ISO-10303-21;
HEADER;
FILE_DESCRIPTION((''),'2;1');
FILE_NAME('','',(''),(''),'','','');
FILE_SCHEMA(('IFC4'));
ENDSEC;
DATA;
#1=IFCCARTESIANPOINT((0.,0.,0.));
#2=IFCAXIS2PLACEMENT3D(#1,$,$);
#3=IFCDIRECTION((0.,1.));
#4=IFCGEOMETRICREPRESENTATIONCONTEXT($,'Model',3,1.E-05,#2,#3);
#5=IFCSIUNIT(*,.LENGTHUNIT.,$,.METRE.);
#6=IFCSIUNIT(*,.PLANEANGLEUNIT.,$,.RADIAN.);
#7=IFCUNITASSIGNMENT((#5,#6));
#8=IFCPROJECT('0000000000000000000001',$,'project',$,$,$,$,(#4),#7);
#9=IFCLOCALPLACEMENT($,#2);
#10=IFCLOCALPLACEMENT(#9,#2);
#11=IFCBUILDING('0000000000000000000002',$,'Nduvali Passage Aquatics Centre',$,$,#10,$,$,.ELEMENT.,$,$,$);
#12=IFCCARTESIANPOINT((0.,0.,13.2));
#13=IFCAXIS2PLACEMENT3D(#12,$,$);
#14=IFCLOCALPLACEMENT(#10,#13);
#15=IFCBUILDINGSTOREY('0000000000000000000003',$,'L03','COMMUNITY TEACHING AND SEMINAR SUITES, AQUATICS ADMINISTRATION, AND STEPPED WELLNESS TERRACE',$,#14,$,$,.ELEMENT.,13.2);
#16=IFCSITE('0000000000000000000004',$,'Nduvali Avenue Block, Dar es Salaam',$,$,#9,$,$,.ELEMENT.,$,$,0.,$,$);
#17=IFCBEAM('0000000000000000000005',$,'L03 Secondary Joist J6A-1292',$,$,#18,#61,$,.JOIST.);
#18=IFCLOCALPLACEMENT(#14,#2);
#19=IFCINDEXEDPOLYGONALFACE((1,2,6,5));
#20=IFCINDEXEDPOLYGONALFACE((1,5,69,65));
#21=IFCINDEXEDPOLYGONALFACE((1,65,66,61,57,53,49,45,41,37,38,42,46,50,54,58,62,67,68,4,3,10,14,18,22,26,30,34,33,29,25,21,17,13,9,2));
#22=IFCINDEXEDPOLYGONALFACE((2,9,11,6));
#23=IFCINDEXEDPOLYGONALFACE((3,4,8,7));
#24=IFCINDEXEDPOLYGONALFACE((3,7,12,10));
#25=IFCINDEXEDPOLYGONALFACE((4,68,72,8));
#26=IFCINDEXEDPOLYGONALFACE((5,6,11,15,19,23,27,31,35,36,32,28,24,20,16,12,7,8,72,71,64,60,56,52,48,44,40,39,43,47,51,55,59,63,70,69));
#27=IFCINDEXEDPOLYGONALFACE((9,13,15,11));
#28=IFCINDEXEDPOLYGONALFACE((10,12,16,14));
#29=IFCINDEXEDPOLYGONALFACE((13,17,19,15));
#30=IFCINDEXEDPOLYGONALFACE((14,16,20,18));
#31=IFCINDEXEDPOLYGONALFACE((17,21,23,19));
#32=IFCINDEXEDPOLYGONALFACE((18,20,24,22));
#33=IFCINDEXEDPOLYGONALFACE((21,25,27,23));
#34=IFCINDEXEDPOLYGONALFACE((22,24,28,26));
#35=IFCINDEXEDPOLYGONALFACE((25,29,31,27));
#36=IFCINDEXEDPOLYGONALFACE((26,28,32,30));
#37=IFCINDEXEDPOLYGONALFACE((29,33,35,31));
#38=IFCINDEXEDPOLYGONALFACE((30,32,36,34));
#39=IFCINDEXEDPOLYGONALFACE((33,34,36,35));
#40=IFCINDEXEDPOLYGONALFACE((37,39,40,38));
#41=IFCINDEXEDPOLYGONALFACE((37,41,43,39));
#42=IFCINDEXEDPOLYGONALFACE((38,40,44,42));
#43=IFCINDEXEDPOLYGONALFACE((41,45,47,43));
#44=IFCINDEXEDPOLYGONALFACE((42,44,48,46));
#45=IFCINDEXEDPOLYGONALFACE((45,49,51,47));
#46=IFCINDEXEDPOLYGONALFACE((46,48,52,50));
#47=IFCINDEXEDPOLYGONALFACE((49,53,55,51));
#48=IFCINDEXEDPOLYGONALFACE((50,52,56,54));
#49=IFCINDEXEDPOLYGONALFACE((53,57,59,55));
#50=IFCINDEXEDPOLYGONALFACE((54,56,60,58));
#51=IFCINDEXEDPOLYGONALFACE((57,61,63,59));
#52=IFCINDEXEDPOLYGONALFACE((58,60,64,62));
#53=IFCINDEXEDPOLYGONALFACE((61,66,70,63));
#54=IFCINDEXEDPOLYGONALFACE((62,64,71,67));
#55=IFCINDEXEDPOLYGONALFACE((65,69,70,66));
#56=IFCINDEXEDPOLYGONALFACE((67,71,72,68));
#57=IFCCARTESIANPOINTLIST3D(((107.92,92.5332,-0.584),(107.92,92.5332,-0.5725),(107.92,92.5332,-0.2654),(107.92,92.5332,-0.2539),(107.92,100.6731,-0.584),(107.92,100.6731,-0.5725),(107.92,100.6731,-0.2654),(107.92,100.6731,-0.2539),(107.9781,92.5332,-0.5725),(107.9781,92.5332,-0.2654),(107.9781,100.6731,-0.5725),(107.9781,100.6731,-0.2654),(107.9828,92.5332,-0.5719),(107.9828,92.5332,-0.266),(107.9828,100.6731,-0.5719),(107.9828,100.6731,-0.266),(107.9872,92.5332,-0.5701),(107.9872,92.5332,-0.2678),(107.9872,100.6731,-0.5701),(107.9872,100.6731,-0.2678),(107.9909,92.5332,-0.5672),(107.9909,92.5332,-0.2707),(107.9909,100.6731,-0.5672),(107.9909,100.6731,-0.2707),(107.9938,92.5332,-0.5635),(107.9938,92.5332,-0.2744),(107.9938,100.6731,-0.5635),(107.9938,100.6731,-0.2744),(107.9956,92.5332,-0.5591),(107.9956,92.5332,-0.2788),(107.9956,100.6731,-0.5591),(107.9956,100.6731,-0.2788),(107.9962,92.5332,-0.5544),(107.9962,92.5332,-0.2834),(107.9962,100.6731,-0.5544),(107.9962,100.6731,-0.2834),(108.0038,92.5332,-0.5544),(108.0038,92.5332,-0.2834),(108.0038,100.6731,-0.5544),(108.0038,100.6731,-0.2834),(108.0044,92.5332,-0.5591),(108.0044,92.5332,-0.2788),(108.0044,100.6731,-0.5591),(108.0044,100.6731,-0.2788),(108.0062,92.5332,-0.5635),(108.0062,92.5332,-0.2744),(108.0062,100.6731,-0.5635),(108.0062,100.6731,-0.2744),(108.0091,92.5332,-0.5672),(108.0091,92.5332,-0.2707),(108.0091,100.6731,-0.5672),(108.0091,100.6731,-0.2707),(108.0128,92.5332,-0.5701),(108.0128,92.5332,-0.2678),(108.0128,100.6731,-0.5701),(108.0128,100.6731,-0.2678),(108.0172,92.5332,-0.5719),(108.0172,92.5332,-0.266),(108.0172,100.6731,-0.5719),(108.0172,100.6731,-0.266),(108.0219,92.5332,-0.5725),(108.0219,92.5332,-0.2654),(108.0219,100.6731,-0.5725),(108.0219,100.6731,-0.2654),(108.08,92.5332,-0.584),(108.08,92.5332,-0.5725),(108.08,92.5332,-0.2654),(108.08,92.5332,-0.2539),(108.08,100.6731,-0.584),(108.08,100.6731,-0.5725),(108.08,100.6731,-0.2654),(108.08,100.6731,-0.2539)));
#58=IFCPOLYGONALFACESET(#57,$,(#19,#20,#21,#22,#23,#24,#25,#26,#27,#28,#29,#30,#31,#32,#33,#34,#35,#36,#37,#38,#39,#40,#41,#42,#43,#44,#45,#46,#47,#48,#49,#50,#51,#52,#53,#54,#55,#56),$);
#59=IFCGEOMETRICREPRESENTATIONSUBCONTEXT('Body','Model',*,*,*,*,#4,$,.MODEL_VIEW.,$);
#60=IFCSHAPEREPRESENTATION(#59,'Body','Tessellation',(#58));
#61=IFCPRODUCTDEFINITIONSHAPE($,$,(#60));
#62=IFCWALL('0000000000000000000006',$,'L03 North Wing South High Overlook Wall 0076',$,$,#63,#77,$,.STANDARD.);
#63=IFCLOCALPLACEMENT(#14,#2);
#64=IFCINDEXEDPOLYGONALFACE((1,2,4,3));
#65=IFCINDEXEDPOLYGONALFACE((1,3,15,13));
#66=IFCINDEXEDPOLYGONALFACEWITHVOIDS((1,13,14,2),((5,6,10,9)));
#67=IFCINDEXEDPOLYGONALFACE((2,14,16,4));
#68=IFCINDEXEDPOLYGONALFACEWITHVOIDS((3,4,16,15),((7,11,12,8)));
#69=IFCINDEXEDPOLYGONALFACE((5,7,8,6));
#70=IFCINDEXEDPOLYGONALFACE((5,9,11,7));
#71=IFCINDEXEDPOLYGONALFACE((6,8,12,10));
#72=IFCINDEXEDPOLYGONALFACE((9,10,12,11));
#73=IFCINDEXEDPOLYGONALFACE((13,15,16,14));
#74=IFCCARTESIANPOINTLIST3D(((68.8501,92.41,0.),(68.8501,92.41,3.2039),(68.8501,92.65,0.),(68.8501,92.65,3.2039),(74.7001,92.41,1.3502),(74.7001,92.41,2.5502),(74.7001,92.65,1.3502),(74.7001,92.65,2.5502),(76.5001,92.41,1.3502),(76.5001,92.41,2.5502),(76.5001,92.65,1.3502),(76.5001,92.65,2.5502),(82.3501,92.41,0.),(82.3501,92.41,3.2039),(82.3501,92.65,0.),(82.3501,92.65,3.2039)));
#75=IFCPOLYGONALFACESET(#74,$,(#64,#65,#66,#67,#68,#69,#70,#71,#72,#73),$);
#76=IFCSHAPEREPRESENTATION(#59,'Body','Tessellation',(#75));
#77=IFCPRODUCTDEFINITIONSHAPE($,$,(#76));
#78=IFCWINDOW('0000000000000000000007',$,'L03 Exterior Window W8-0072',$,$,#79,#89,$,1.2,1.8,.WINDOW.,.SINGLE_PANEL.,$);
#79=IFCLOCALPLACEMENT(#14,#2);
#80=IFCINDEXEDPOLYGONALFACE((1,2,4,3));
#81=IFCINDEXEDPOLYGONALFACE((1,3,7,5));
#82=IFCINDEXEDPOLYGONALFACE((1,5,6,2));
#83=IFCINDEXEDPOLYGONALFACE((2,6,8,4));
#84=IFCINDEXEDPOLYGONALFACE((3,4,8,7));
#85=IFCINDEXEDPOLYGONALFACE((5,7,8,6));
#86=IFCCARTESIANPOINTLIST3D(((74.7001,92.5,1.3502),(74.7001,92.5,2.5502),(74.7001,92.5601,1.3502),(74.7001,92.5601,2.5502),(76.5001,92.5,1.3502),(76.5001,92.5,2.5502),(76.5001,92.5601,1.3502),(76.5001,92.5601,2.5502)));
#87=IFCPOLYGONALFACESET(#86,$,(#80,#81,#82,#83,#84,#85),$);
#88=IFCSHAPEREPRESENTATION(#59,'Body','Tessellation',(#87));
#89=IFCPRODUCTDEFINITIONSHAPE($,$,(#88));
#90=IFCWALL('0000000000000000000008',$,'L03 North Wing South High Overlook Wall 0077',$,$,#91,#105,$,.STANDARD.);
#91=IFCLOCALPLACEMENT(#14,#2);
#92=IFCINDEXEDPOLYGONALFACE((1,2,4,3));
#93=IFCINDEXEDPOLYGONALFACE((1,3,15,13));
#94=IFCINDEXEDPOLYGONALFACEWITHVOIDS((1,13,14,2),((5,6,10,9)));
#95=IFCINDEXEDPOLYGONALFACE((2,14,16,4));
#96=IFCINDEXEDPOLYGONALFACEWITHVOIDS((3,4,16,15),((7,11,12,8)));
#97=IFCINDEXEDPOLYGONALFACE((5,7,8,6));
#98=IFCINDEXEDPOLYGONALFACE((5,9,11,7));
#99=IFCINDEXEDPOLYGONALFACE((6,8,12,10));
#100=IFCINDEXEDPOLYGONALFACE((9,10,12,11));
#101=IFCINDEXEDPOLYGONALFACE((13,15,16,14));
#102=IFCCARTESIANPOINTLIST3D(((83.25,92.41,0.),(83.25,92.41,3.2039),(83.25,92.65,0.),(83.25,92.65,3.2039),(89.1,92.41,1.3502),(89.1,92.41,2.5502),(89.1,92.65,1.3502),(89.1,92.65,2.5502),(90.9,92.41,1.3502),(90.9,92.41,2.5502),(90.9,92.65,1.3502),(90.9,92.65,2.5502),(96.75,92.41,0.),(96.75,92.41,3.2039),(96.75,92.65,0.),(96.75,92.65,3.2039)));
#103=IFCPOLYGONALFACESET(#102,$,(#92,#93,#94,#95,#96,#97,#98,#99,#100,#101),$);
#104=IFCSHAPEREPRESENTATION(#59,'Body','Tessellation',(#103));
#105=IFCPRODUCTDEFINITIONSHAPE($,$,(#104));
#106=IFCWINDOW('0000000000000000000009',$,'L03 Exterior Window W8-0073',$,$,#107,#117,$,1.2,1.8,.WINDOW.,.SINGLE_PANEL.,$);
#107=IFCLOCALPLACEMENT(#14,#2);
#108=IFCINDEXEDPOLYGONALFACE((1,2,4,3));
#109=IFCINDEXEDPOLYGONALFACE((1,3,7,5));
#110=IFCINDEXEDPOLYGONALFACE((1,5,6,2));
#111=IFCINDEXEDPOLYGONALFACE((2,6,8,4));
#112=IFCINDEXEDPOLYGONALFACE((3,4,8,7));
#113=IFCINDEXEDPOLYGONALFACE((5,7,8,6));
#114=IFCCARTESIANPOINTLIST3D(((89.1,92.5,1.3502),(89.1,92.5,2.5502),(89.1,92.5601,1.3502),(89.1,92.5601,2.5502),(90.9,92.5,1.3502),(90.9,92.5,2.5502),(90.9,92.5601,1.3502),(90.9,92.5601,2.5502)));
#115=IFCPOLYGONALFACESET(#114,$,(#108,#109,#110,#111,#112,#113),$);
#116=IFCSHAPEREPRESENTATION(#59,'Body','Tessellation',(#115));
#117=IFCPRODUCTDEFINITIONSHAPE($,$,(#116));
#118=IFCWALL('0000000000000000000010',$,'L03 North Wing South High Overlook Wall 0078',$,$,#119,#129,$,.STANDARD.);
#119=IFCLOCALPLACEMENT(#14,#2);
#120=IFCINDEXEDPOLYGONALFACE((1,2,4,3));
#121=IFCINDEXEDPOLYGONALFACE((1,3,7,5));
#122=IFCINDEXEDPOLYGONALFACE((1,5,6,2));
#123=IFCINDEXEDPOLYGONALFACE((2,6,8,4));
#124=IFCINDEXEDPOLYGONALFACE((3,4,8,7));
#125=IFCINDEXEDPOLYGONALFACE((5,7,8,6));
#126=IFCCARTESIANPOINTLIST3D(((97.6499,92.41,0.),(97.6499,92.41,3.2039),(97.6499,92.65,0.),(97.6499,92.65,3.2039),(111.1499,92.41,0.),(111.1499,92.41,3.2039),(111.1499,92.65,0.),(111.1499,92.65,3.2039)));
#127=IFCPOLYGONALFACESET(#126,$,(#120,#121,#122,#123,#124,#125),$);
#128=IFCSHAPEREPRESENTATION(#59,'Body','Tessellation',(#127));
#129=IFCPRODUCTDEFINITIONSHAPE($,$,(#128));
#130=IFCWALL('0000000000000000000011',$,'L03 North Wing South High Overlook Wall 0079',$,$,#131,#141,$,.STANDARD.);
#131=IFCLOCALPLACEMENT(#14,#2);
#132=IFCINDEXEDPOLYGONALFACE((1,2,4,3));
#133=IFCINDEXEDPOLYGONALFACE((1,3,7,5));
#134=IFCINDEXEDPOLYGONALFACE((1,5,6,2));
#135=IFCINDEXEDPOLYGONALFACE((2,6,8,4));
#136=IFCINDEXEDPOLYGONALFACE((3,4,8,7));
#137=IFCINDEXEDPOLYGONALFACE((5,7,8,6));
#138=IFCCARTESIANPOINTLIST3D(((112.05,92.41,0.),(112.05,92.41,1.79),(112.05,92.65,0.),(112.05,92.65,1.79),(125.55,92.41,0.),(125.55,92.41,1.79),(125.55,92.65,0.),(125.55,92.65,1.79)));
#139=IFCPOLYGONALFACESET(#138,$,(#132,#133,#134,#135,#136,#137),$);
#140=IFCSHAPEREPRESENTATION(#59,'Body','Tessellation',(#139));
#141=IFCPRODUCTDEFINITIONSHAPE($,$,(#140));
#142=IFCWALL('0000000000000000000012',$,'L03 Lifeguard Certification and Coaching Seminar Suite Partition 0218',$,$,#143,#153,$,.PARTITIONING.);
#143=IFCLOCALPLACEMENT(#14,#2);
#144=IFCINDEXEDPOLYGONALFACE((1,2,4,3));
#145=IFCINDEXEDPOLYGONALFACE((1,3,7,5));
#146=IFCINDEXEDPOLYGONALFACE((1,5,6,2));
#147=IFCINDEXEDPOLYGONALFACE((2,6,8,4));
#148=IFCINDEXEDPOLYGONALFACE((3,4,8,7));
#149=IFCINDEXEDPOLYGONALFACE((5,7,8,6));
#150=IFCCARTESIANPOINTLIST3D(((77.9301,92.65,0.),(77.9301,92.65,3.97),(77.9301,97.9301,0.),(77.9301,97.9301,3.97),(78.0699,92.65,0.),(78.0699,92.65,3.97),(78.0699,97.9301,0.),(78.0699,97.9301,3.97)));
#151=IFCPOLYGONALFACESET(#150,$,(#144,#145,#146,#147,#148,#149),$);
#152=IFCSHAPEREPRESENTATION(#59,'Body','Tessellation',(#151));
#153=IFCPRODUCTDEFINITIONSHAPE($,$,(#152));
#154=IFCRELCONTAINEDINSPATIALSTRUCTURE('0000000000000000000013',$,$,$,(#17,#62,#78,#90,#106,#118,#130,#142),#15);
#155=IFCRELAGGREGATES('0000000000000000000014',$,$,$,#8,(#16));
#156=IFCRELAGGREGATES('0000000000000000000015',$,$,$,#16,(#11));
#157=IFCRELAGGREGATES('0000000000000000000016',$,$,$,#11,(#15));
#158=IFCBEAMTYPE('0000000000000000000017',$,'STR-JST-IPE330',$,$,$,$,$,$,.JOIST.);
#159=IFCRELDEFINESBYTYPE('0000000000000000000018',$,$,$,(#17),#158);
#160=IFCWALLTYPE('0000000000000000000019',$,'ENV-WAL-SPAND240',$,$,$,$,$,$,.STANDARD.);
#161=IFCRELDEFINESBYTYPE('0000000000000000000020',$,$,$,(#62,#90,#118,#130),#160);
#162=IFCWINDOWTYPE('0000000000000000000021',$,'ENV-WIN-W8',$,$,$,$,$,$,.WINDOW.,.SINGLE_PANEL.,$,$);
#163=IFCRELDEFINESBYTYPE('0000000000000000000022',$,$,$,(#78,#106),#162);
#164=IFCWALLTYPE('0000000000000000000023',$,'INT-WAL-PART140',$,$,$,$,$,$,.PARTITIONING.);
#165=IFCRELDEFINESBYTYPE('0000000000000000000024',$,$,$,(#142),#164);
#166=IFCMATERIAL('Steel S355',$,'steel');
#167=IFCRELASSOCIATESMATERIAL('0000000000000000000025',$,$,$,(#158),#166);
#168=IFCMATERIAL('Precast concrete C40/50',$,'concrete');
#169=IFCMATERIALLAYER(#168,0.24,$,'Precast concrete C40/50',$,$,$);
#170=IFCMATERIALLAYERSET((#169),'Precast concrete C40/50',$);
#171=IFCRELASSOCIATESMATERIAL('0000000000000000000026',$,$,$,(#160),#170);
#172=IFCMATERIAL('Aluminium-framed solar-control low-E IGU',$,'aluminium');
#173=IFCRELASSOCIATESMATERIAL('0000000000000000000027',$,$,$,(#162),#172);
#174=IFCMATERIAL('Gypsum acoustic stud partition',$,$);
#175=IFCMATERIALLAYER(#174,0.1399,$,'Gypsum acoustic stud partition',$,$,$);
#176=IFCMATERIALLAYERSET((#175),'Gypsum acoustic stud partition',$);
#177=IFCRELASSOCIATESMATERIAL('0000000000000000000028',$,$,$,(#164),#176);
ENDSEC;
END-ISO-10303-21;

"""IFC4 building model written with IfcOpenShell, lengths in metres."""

from ifc_helpers import new_model, si_unit, direction, frame, frame_2d, origin, origin_2d, place, context, subcontext, project, spatial, rectangle, i_section, extrude, material, layer, layer_set, material_profile, profile_set, type_object, element, fill, save


model = new_model("IFC4")

# Units and contexts
model_context = context("Model", 3, precision=1e-05, world=origin(), true_north=direction((0.0, 1.0)))
body_context = subcontext(model_context, "Body", "Model", "MODEL_VIEW")
ifc_project = project(units=[si_unit("LENGTHUNIT", "METRE"), si_unit("PLANEANGLEUNIT", "RADIAN")], contexts=[model_context])

# Site, building, storey
site_placement = place(None, origin())
site = spatial("IfcSite", under=ifc_project, at=site_placement, Name="Nduvali Avenue Block, Dar es Salaam", CompositionType="ELEMENT", RefElevation=0.0)
building_placement = place(site_placement, origin())
building = spatial("IfcBuilding", under=site, at=building_placement, Name="Nduvali Passage Aquatics Centre", CompositionType="ELEMENT")
storey_placement = place(building_placement, frame((0.0, 0.0, 13.2)))
storey = spatial("IfcBuildingStorey", under=building, at=storey_placement, Name="L03", Description="COMMUNITY TEACHING AND SEMINAR SUITES, AQUATICS ADMINISTRATION, AND STEPPED WELLNESS TERRACE", CompositionType="ELEMENT", Elevation=13.2)

# Beam
ifc_material_1 = material(Name="Steel S355", Category="steel")
ifc_material_profile_1 = material_profile(ifc_material_1, i_section(OverallWidth=0.1599, OverallDepth=0.3301, WebThickness=0.0076, FlangeThickness=0.0115, FilletRadius=0.0181, at=origin_2d()), Name="IPE 330")
ifc_profile_set_1 = profile_set([ifc_material_profile_1], Name="Steel S355")
beam_type_1 = type_object("IfcBeamType", Name="STR-JST-IPE330", PredefinedType="JOIST", material=ifc_profile_set_1)
for number, where, z_axis, x_axis, name in (
    (1, (108.0, 92.5332, -0.4189), (0.0, 1.0, 0.0), (-1.0, 0.0, 0.0), "L03 Secondary Joist J6A-1292"),
):
    element("IfcBeam", number, at=place(storey_placement, frame(where, z_axis=z_axis, x_axis=x_axis)), inside=storey, type_object=beam_type_1, Name=name, PredefinedType="JOIST", context=body_context, shape_type="SweptSolid", body=[
        extrude(i_section(OverallWidth=0.1599, OverallDepth=0.3301, WebThickness=0.0076, FlangeThickness=0.0115, FilletRadius=0.0181, at=origin_2d()), origin(), (0.0, 0.0, 1.0), 8.1399),
    ])

# Walls, openings, windows
ifc_material_2 = material(Name="Precast concrete C40/50", Category="concrete")
ifc_layer_1 = layer(ifc_material_2, 0.24, Name="Precast concrete C40/50")
ifc_layer_set_1 = layer_set([ifc_layer_1], Name="Precast concrete C40/50")
wall_type_1 = type_object("IfcWallType", Name="ENV-WAL-SPAND240", PredefinedType="STANDARD", material=ifc_layer_set_1)
wall_1_placement = place(storey_placement, frame((68.8501, 92.53, 0.0), z_axis=(0.0, 0.0, 1.0), x_axis=(1.0, 0.0, 0.0)))
wall_1 = element("IfcWall", 2, at=wall_1_placement, inside=storey, type_object=wall_type_1, Name="L03 North Wing South High Overlook Wall 0076", PredefinedType="STANDARD", context=body_context, shape_type="SweptSolid", body=[
    extrude(rectangle(XDim=13.5, YDim=0.24, at=frame_2d((6.75, 0.0))), origin(), (0.0, 0.0, 1.0), 3.2039),
])
opening_1_placement = place(wall_1_placement, frame((5.8501, 0.0, 1.3501)))
opening_1 = element("IfcOpeningElement", 3, at=opening_1_placement, cuts=wall_1, PredefinedType="OPENING", context=body_context, shape_type="SweptSolid", body=[
    extrude(rectangle(XDim=1.8, YDim=1.2, at=frame_2d((0.8999, 0.6001))), frame((0.0, 0.1348, 0.0), z_axis=(0.0, -1.0, 0.0), x_axis=(1.0, 0.0, 0.0)), (0.0, 0.0, 1.0), 0.2698),
])
ifc_material_3 = material(Name="Aluminium-framed solar-control low-E IGU", Category="aluminium")
window_type = type_object("IfcWindowType", Name="ENV-WIN-W8", PartitioningType="SINGLE_PANEL", PredefinedType="WINDOW", material=ifc_material_3)
window_1_placement = place(opening_1_placement, origin())
window_1 = element("IfcWindow", 4, at=window_1_placement, inside=storey, type_object=window_type, Name="L03 Exterior Window W8-0072", OverallHeight=1.2, OverallWidth=1.8, PartitioningType="SINGLE_PANEL", PredefinedType="WINDOW", context=body_context, shape_type="SweptSolid", body=[
    extrude(rectangle(XDim=1.8, YDim=1.2, at=frame_2d((0.8999, 0.6001))), frame((0.0, 0.03, 0.0), z_axis=(0.0, -1.0, 0.0), x_axis=(1.0, 0.0, 0.0)), (0.0, 0.0, 1.0), 0.0601),
])
fill(opening_1, window_1)
wall_2_placement = place(storey_placement, frame((83.25, 92.53, 0.0), z_axis=(0.0, 0.0, 1.0), x_axis=(1.0, 0.0, 0.0)))
wall_2 = element("IfcWall", 5, at=wall_2_placement, inside=storey, type_object=wall_type_1, Name="L03 North Wing South High Overlook Wall 0077", PredefinedType="STANDARD", context=body_context, shape_type="SweptSolid", body=[
    extrude(rectangle(XDim=13.5, YDim=0.24, at=frame_2d((6.75, 0.0))), origin(), (0.0, 0.0, 1.0), 3.2039),
])
opening_2_placement = place(wall_2_placement, frame((5.8501, 0.0, 1.3501)))
opening_2 = element("IfcOpeningElement", 6, at=opening_2_placement, cuts=wall_2, PredefinedType="OPENING", context=body_context, shape_type="SweptSolid", body=[
    extrude(rectangle(XDim=1.8, YDim=1.2, at=frame_2d((0.8999, 0.6001))), frame((0.0, 0.1348, 0.0), z_axis=(0.0, -1.0, 0.0), x_axis=(1.0, 0.0, 0.0)), (0.0, 0.0, 1.0), 0.2698),
])
window_2_placement = place(opening_2_placement, origin())
window_2 = element("IfcWindow", 7, at=window_2_placement, inside=storey, type_object=window_type, Name="L03 Exterior Window W8-0073", OverallHeight=1.2, OverallWidth=1.8, PartitioningType="SINGLE_PANEL", PredefinedType="WINDOW", context=body_context, shape_type="SweptSolid", body=[
    extrude(rectangle(XDim=1.8, YDim=1.2, at=frame_2d((0.8999, 0.6001))), frame((0.0, 0.03, 0.0), z_axis=(0.0, -1.0, 0.0), x_axis=(1.0, 0.0, 0.0)), (0.0, 0.0, 1.0), 0.0601),
])
fill(opening_2, window_2)

# Walls
wall_3_placement = place(storey_placement, frame((97.6499, 92.53, 0.0), z_axis=(0.0, 0.0, 1.0), x_axis=(1.0, 0.0, 0.0)))
element("IfcWall", 8, at=wall_3_placement, inside=storey, type_object=wall_type_1, Name="L03 North Wing South High Overlook Wall 0078", PredefinedType="STANDARD", context=body_context, shape_type="SweptSolid", body=[
    extrude(rectangle(XDim=13.5, YDim=0.24, at=frame_2d((6.75, 0.0))), origin(), (0.0, 0.0, 1.0), 3.2039),
])
wall_4_placement = place(storey_placement, frame((112.05, 92.53, 0.0), z_axis=(0.0, 0.0, 1.0), x_axis=(1.0, 0.0, 0.0)))
element("IfcWall", 9, at=wall_4_placement, inside=storey, type_object=wall_type_1, Name="L03 North Wing South High Overlook Wall 0079", PredefinedType="STANDARD", context=body_context, shape_type="SweptSolid", body=[
    extrude(rectangle(XDim=13.5, YDim=0.24, at=frame_2d((6.75, 0.0))), origin(), (0.0, 0.0, 1.0), 1.79),
])
ifc_material_4 = material(Name="Gypsum acoustic stud partition")
ifc_layer_2 = layer(ifc_material_4, 0.1399, Name="Gypsum acoustic stud partition")
ifc_layer_set_2 = layer_set([ifc_layer_2], Name="Gypsum acoustic stud partition")
wall_type_2 = type_object("IfcWallType", Name="INT-WAL-PART140", PredefinedType="PARTITIONING", material=ifc_layer_set_2)
wall_5_placement = place(storey_placement, frame((78.0, 92.6499, 0.0), z_axis=(0.0, 0.0, 1.0), x_axis=(0.0, 1.0, 0.0)))
element("IfcWall", 10, at=wall_5_placement, inside=storey, type_object=wall_type_2, Name="L03 Lifeguard Certification and Coaching Seminar Suite Partition 0218", PredefinedType="PARTITIONING", context=body_context, shape_type="SweptSolid", body=[
    extrude(rectangle(XDim=5.28, YDim=0.1399, at=frame_2d((2.6401, 0.0))), origin(), (0.0, 0.0, 1.0), 3.97),
])

save(model, "model.ifc")
